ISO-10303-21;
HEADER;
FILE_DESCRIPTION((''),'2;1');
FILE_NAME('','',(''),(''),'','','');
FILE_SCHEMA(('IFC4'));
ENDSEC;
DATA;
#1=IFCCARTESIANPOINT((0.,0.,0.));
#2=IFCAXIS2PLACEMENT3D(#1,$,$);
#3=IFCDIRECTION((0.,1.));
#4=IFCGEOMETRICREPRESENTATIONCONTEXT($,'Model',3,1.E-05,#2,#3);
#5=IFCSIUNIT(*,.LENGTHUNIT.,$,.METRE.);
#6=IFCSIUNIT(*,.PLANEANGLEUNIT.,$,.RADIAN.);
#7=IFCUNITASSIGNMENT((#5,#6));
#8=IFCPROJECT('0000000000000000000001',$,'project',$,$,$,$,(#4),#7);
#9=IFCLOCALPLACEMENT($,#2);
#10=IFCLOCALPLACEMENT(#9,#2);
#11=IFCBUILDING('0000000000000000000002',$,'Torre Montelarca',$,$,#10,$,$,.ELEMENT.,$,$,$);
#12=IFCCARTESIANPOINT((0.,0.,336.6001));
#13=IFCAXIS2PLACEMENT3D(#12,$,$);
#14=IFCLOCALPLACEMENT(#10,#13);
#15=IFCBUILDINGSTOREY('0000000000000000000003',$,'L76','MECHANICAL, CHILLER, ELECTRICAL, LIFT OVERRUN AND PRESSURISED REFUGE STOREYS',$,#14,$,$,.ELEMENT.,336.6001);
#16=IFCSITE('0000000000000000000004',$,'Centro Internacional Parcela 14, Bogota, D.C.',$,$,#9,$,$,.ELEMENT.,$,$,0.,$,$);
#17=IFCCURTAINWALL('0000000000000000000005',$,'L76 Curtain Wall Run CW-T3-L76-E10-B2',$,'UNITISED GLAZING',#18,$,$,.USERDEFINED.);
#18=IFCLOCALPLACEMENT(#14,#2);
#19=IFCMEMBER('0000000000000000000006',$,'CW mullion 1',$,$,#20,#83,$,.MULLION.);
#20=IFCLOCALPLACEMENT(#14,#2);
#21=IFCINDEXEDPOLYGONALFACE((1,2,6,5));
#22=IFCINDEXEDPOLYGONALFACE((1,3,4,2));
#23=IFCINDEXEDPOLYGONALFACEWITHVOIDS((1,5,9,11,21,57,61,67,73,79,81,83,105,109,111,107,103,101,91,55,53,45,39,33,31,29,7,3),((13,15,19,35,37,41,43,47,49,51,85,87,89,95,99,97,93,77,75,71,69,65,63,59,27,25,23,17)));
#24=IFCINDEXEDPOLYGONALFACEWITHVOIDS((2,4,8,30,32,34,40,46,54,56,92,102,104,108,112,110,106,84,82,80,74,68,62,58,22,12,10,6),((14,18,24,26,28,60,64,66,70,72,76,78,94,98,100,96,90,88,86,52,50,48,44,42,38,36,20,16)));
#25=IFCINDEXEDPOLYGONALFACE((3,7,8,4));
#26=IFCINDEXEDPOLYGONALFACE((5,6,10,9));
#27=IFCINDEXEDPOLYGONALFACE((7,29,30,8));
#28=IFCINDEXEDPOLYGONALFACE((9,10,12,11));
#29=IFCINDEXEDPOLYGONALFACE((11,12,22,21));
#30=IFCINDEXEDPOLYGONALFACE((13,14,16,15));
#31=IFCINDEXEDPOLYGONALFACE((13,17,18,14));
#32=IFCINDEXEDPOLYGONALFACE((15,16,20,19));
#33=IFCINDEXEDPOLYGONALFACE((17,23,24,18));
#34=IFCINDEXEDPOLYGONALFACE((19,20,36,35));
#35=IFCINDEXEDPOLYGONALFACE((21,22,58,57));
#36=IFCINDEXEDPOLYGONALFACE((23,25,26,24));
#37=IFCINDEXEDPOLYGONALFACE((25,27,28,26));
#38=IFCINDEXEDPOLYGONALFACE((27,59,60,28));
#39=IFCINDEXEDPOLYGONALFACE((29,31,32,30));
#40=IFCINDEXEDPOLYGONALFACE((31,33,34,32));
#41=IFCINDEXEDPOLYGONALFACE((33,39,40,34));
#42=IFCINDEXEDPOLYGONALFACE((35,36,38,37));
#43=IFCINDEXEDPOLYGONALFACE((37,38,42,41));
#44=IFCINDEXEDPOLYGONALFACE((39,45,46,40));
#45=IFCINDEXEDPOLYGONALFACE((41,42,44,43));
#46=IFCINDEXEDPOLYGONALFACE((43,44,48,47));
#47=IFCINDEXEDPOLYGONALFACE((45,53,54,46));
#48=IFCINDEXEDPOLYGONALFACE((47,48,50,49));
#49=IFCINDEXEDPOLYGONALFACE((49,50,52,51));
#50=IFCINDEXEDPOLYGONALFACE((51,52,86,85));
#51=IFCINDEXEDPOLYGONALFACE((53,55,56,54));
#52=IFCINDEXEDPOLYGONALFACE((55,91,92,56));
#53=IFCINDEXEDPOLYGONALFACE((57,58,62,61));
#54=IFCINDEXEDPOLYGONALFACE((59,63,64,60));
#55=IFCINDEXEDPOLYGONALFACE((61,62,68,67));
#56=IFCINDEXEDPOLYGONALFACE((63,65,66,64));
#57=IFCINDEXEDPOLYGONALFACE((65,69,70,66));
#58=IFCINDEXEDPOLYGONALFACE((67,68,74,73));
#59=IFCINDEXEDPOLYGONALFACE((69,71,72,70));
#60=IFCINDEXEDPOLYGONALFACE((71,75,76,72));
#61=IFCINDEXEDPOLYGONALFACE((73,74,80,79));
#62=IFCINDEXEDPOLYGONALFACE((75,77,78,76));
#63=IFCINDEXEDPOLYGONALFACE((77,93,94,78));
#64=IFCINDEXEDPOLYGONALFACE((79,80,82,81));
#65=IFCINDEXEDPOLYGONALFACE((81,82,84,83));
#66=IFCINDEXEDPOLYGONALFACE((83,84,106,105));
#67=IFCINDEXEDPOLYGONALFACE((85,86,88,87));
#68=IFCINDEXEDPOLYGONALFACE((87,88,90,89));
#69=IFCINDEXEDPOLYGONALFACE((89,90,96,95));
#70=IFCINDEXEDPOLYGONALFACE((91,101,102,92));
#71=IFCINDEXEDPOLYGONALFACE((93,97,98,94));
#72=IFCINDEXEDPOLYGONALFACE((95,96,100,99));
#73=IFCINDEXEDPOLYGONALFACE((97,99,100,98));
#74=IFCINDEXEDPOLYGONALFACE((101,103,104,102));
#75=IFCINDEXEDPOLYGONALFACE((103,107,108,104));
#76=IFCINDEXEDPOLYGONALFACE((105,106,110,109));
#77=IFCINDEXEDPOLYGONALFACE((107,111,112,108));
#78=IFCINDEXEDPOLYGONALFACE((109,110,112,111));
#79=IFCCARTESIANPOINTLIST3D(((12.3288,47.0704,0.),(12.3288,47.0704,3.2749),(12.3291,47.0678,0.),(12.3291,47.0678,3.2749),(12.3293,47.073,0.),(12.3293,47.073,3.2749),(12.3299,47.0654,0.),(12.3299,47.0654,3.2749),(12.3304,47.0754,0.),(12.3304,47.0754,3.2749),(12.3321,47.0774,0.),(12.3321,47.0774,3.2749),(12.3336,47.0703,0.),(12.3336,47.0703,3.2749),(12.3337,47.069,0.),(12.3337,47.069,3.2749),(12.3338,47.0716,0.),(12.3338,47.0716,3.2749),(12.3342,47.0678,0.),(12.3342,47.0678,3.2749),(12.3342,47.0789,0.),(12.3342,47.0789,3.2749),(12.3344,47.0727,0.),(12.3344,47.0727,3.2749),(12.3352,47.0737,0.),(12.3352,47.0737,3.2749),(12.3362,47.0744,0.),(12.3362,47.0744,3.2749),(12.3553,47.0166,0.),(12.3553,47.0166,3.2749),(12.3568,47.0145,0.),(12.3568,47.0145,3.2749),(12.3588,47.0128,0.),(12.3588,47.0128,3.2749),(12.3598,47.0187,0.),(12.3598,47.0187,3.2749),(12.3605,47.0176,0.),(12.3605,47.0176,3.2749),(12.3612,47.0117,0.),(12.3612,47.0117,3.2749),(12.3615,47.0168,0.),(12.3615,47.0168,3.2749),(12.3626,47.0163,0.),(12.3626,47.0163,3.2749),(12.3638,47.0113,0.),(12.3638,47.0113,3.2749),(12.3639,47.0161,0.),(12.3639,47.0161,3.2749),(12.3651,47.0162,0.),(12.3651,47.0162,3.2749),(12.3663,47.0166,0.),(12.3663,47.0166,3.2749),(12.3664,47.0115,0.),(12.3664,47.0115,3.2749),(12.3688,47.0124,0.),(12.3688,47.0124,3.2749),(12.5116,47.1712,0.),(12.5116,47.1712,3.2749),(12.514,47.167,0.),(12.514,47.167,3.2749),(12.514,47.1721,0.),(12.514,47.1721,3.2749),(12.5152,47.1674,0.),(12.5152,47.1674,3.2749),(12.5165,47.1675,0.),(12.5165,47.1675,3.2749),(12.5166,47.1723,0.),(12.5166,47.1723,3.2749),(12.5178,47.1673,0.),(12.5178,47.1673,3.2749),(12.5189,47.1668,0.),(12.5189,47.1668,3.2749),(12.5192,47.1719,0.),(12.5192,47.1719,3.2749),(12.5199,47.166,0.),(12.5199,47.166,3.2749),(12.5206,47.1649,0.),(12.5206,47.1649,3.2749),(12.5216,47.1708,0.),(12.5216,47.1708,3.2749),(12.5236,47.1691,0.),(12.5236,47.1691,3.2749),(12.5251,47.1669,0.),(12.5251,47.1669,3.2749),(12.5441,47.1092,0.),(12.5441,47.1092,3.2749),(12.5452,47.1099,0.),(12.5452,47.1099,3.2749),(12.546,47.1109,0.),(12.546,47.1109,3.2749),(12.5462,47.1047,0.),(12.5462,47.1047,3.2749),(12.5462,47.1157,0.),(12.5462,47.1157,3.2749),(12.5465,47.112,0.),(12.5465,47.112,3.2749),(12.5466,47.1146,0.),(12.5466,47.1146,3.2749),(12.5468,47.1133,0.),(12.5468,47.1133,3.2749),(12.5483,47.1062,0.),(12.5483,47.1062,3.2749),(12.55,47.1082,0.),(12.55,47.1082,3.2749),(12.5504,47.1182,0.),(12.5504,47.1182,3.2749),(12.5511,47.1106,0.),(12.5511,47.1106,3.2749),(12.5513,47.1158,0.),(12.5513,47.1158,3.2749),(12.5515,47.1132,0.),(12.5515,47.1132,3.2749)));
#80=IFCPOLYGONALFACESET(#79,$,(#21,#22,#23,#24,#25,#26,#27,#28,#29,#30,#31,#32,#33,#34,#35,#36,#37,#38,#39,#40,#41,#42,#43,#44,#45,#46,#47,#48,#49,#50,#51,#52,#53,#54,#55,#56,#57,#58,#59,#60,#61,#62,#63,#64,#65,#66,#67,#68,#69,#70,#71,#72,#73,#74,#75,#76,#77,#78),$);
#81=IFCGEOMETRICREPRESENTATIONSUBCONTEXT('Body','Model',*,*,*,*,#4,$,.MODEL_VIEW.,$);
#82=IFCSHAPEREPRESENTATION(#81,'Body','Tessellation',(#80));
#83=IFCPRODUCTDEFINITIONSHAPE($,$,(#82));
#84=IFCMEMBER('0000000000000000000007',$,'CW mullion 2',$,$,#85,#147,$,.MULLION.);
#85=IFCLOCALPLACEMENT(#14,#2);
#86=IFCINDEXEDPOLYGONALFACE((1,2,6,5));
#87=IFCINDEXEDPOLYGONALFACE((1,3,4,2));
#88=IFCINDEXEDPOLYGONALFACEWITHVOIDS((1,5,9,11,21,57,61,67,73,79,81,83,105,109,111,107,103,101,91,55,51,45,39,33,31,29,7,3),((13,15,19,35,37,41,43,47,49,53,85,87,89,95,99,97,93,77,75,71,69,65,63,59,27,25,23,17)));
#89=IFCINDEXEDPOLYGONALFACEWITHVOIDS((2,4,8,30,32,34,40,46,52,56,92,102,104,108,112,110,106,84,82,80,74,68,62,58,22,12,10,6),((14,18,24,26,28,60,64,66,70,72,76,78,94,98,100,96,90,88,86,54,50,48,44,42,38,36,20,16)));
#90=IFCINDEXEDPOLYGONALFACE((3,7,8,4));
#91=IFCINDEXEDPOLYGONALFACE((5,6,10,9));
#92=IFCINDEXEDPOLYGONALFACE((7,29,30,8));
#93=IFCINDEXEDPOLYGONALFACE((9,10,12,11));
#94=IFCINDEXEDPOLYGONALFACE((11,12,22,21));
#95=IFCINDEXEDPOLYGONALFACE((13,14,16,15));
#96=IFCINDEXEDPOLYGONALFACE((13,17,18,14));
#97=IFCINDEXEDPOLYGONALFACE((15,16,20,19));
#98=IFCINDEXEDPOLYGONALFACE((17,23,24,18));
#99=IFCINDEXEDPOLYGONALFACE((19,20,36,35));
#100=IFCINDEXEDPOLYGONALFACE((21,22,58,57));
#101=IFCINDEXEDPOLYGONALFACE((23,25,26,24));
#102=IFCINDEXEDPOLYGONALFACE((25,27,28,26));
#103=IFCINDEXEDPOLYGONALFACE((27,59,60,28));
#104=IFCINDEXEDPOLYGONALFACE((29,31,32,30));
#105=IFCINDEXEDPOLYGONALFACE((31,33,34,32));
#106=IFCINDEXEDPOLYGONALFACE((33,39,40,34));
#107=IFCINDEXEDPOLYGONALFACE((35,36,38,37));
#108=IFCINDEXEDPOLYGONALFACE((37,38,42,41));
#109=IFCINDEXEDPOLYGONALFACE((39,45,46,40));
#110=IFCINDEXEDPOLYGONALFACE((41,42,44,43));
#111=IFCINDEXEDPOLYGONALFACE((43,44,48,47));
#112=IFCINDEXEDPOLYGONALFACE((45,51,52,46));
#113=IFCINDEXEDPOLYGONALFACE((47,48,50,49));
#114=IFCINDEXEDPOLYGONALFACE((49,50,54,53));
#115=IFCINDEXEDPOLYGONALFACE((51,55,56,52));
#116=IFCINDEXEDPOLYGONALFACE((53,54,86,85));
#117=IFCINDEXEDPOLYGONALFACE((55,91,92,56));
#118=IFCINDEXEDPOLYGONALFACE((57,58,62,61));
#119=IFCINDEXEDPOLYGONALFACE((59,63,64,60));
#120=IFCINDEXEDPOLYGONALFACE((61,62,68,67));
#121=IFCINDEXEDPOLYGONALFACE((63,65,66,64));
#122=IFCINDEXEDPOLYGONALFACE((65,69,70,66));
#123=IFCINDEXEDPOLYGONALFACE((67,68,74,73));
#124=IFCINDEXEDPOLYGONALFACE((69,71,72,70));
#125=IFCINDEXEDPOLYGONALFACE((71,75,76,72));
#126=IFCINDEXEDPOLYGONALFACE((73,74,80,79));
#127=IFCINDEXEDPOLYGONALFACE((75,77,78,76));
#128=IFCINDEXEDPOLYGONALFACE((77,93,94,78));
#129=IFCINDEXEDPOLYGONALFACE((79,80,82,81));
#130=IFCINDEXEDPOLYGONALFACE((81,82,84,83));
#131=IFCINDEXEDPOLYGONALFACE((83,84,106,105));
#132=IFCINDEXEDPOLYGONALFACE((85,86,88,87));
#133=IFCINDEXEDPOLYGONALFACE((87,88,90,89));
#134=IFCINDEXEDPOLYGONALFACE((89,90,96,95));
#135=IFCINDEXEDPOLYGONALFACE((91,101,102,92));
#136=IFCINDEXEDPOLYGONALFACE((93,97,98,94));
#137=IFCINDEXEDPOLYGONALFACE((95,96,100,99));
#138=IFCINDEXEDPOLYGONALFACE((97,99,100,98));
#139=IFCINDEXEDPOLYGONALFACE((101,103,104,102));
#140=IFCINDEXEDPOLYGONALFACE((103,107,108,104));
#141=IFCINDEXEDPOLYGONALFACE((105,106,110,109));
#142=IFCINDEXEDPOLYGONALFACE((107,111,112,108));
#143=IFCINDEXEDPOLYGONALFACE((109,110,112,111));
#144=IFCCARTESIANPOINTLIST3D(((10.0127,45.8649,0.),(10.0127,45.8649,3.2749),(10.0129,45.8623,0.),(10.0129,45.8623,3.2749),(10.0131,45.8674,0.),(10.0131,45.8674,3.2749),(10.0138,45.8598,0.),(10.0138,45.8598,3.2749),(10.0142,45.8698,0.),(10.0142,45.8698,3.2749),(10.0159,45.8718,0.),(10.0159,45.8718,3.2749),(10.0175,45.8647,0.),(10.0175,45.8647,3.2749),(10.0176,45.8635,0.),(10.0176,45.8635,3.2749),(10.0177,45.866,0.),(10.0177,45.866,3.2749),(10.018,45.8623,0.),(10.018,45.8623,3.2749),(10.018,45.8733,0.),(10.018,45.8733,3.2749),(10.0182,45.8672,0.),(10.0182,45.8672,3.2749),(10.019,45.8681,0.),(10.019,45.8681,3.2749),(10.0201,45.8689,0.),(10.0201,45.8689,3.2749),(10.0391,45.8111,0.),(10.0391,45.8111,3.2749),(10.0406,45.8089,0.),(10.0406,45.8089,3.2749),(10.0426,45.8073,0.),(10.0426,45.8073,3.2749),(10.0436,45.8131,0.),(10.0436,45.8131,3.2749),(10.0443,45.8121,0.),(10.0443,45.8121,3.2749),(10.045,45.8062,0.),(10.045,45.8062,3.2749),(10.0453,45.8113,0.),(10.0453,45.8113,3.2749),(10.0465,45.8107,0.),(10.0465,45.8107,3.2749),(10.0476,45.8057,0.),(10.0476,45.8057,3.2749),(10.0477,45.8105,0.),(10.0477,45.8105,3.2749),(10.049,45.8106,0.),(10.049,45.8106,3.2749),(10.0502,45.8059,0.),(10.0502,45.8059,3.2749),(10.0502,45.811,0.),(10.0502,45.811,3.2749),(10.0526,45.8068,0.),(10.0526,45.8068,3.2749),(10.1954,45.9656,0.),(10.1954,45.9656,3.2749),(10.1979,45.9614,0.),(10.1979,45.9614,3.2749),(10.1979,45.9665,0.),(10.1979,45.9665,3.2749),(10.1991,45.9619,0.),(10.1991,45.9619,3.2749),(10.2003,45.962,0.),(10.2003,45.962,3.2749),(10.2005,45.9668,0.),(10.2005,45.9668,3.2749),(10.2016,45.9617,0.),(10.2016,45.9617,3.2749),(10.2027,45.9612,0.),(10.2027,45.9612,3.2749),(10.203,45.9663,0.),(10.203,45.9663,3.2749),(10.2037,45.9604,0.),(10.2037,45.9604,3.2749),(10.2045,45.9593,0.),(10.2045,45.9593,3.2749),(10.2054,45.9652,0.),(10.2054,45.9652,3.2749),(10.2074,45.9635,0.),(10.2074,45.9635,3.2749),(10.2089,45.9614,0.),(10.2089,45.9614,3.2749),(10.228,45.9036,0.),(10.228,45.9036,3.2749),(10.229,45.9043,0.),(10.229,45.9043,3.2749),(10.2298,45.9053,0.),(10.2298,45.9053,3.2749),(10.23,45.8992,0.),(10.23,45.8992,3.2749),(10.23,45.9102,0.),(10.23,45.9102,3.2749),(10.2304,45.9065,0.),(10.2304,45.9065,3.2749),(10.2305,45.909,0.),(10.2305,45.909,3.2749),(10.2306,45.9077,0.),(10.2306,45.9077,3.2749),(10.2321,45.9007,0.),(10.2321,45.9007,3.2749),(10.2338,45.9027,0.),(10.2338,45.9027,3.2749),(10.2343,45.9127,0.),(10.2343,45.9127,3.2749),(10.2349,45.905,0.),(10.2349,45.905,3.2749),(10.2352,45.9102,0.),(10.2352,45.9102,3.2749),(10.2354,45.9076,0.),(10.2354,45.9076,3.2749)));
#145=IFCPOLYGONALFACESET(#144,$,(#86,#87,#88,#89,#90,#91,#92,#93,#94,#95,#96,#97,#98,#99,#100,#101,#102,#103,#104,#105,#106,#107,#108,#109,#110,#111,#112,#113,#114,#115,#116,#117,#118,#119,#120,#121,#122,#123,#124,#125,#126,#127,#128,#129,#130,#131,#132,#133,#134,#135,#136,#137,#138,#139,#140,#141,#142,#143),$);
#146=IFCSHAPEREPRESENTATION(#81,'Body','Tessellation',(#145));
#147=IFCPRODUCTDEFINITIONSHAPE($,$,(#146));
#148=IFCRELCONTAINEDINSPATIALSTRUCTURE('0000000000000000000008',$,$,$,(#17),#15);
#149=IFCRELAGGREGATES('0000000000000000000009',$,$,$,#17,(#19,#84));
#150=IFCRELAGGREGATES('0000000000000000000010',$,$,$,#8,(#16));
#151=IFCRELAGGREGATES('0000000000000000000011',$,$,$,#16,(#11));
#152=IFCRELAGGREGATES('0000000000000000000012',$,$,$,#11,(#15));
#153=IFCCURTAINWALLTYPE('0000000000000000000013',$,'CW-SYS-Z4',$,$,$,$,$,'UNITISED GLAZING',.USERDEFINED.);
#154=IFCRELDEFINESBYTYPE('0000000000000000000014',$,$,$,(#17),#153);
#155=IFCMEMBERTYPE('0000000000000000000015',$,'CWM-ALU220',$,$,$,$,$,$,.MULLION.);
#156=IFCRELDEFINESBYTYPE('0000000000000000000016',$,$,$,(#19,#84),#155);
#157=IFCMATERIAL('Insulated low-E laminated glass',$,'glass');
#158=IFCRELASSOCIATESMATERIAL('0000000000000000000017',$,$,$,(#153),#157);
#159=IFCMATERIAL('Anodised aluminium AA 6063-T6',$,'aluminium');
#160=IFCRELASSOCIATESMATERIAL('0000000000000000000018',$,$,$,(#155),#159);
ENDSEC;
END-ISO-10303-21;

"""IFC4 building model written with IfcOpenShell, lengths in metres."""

from ifc_helpers import new_model, si_unit, direction, frame, origin, origin_2d, place, context, subcontext, project, spatial, hollow_rectangle, extrude, source, transform, mapped, material, material_profile, profile_set, type_object, element, aggregate, save


model = new_model("IFC4")

# Units and contexts
model_context = context("Model", 3, precision=1e-05, world=origin(), true_north=direction((0.0, 1.0)))
body_context = subcontext(model_context, "Body", "Model", "MODEL_VIEW")
ifc_project = project(units=[si_unit("LENGTHUNIT", "METRE"), si_unit("PLANEANGLEUNIT", "RADIAN")], contexts=[model_context])

# Site, building, storey
site_placement = place(None, origin())
site = spatial("IfcSite", under=ifc_project, at=site_placement, Name="Centro Internacional Parcela 14, Bogota, D.C.", CompositionType="ELEMENT", RefElevation=0.0)
building_placement = place(site_placement, origin())
building = spatial("IfcBuilding", under=site, at=building_placement, Name="Torre Montelarca", CompositionType="ELEMENT")
storey_placement = place(building_placement, frame((0.0, 0.0, 336.6001)))
storey = spatial("IfcBuildingStorey", under=building, at=storey_placement, Name="L76", Description="MECHANICAL, CHILLER, ELECTRICAL, LIFT OVERRUN AND PRESSURISED REFUGE STOREYS", CompositionType="ELEMENT", Elevation=336.6001)

# Shared definitions
ifc_material_1 = material(Name="Insulated low-E laminated glass", Category="glass")
curtain_wall_type = type_object("IfcCurtainWallType", Name="CW-SYS-Z4", ElementType="UNITISED GLAZING", PredefinedType="USERDEFINED", material=ifc_material_1)
ifc_material_2 = material(Name="Anodised aluminium AA 6063-T6", Category="aluminium")
ifc_material_profile_1 = material_profile(ifc_material_2, hollow_rectangle(XDim=0.075, YDim=0.22, WallThickness=0.0049, InnerFilletRadius=0.0049, OuterFilletRadius=0.01, at=origin_2d()), Name="ALU75X220X5", Category="aluminium")
ifc_profile_set_1 = profile_set([ifc_material_profile_1], Name="Anodised aluminium AA 6063-T6")
member_type_1 = type_object("IfcMemberType", Name="CWM-ALU220", PredefinedType="MULLION", material=ifc_profile_set_1)
shared_shape_1 = source(origin(), body_context, "Body", "SweptSolid", [
    extrude(hollow_rectangle(XDim=0.075, YDim=0.22, WallThickness=0.0049, InnerFilletRadius=0.0049, OuterFilletRadius=0.01, at=origin_2d()), origin(), (0.0, 0.0, 1.0), 3.2749),
])

# Curtain wall, members
curtain_wall_1_placement = place(storey_placement, origin())
curtain_wall_1 = element("IfcCurtainWall", 1, at=curtain_wall_1_placement, inside=storey, type_object=curtain_wall_type, Name="L76 Curtain Wall Run CW-T3-L76-E10-B2", ObjectType="UNITISED GLAZING", PredefinedType="USERDEFINED")
member_1_placement = place(storey_placement, frame((12.4402, 47.0918, 0.0), z_axis=(0.0, 0.0, 1.0), x_axis=(0.461757, -0.887006, 0.0)))
member_1 = element("IfcMember", 2, at=member_1_placement, type_object=member_type_1, Name="CW mullion 1", PredefinedType="MULLION", context=body_context, shape_type="MappedRepresentation", body=[
    mapped(shared_shape_1, transform((0.0, 0.0, 0.0), scale=1.0)),
])
member_2_placement = place(storey_placement, frame((10.124, 45.8862, 0.0), z_axis=(0.0, 0.0, 1.0), x_axis=(0.461757, -0.887006, 0.0)))
member_2 = element("IfcMember", 3, at=member_2_placement, type_object=member_type_1, Name="CW mullion 2", PredefinedType="MULLION", context=body_context, shape_type="MappedRepresentation", body=[
    mapped(shared_shape_1, transform((0.0, 0.0, 0.0), scale=1.0)),
])

aggregate(curtain_wall_1, [member_1, member_2])

save(model, "model.ifc")
